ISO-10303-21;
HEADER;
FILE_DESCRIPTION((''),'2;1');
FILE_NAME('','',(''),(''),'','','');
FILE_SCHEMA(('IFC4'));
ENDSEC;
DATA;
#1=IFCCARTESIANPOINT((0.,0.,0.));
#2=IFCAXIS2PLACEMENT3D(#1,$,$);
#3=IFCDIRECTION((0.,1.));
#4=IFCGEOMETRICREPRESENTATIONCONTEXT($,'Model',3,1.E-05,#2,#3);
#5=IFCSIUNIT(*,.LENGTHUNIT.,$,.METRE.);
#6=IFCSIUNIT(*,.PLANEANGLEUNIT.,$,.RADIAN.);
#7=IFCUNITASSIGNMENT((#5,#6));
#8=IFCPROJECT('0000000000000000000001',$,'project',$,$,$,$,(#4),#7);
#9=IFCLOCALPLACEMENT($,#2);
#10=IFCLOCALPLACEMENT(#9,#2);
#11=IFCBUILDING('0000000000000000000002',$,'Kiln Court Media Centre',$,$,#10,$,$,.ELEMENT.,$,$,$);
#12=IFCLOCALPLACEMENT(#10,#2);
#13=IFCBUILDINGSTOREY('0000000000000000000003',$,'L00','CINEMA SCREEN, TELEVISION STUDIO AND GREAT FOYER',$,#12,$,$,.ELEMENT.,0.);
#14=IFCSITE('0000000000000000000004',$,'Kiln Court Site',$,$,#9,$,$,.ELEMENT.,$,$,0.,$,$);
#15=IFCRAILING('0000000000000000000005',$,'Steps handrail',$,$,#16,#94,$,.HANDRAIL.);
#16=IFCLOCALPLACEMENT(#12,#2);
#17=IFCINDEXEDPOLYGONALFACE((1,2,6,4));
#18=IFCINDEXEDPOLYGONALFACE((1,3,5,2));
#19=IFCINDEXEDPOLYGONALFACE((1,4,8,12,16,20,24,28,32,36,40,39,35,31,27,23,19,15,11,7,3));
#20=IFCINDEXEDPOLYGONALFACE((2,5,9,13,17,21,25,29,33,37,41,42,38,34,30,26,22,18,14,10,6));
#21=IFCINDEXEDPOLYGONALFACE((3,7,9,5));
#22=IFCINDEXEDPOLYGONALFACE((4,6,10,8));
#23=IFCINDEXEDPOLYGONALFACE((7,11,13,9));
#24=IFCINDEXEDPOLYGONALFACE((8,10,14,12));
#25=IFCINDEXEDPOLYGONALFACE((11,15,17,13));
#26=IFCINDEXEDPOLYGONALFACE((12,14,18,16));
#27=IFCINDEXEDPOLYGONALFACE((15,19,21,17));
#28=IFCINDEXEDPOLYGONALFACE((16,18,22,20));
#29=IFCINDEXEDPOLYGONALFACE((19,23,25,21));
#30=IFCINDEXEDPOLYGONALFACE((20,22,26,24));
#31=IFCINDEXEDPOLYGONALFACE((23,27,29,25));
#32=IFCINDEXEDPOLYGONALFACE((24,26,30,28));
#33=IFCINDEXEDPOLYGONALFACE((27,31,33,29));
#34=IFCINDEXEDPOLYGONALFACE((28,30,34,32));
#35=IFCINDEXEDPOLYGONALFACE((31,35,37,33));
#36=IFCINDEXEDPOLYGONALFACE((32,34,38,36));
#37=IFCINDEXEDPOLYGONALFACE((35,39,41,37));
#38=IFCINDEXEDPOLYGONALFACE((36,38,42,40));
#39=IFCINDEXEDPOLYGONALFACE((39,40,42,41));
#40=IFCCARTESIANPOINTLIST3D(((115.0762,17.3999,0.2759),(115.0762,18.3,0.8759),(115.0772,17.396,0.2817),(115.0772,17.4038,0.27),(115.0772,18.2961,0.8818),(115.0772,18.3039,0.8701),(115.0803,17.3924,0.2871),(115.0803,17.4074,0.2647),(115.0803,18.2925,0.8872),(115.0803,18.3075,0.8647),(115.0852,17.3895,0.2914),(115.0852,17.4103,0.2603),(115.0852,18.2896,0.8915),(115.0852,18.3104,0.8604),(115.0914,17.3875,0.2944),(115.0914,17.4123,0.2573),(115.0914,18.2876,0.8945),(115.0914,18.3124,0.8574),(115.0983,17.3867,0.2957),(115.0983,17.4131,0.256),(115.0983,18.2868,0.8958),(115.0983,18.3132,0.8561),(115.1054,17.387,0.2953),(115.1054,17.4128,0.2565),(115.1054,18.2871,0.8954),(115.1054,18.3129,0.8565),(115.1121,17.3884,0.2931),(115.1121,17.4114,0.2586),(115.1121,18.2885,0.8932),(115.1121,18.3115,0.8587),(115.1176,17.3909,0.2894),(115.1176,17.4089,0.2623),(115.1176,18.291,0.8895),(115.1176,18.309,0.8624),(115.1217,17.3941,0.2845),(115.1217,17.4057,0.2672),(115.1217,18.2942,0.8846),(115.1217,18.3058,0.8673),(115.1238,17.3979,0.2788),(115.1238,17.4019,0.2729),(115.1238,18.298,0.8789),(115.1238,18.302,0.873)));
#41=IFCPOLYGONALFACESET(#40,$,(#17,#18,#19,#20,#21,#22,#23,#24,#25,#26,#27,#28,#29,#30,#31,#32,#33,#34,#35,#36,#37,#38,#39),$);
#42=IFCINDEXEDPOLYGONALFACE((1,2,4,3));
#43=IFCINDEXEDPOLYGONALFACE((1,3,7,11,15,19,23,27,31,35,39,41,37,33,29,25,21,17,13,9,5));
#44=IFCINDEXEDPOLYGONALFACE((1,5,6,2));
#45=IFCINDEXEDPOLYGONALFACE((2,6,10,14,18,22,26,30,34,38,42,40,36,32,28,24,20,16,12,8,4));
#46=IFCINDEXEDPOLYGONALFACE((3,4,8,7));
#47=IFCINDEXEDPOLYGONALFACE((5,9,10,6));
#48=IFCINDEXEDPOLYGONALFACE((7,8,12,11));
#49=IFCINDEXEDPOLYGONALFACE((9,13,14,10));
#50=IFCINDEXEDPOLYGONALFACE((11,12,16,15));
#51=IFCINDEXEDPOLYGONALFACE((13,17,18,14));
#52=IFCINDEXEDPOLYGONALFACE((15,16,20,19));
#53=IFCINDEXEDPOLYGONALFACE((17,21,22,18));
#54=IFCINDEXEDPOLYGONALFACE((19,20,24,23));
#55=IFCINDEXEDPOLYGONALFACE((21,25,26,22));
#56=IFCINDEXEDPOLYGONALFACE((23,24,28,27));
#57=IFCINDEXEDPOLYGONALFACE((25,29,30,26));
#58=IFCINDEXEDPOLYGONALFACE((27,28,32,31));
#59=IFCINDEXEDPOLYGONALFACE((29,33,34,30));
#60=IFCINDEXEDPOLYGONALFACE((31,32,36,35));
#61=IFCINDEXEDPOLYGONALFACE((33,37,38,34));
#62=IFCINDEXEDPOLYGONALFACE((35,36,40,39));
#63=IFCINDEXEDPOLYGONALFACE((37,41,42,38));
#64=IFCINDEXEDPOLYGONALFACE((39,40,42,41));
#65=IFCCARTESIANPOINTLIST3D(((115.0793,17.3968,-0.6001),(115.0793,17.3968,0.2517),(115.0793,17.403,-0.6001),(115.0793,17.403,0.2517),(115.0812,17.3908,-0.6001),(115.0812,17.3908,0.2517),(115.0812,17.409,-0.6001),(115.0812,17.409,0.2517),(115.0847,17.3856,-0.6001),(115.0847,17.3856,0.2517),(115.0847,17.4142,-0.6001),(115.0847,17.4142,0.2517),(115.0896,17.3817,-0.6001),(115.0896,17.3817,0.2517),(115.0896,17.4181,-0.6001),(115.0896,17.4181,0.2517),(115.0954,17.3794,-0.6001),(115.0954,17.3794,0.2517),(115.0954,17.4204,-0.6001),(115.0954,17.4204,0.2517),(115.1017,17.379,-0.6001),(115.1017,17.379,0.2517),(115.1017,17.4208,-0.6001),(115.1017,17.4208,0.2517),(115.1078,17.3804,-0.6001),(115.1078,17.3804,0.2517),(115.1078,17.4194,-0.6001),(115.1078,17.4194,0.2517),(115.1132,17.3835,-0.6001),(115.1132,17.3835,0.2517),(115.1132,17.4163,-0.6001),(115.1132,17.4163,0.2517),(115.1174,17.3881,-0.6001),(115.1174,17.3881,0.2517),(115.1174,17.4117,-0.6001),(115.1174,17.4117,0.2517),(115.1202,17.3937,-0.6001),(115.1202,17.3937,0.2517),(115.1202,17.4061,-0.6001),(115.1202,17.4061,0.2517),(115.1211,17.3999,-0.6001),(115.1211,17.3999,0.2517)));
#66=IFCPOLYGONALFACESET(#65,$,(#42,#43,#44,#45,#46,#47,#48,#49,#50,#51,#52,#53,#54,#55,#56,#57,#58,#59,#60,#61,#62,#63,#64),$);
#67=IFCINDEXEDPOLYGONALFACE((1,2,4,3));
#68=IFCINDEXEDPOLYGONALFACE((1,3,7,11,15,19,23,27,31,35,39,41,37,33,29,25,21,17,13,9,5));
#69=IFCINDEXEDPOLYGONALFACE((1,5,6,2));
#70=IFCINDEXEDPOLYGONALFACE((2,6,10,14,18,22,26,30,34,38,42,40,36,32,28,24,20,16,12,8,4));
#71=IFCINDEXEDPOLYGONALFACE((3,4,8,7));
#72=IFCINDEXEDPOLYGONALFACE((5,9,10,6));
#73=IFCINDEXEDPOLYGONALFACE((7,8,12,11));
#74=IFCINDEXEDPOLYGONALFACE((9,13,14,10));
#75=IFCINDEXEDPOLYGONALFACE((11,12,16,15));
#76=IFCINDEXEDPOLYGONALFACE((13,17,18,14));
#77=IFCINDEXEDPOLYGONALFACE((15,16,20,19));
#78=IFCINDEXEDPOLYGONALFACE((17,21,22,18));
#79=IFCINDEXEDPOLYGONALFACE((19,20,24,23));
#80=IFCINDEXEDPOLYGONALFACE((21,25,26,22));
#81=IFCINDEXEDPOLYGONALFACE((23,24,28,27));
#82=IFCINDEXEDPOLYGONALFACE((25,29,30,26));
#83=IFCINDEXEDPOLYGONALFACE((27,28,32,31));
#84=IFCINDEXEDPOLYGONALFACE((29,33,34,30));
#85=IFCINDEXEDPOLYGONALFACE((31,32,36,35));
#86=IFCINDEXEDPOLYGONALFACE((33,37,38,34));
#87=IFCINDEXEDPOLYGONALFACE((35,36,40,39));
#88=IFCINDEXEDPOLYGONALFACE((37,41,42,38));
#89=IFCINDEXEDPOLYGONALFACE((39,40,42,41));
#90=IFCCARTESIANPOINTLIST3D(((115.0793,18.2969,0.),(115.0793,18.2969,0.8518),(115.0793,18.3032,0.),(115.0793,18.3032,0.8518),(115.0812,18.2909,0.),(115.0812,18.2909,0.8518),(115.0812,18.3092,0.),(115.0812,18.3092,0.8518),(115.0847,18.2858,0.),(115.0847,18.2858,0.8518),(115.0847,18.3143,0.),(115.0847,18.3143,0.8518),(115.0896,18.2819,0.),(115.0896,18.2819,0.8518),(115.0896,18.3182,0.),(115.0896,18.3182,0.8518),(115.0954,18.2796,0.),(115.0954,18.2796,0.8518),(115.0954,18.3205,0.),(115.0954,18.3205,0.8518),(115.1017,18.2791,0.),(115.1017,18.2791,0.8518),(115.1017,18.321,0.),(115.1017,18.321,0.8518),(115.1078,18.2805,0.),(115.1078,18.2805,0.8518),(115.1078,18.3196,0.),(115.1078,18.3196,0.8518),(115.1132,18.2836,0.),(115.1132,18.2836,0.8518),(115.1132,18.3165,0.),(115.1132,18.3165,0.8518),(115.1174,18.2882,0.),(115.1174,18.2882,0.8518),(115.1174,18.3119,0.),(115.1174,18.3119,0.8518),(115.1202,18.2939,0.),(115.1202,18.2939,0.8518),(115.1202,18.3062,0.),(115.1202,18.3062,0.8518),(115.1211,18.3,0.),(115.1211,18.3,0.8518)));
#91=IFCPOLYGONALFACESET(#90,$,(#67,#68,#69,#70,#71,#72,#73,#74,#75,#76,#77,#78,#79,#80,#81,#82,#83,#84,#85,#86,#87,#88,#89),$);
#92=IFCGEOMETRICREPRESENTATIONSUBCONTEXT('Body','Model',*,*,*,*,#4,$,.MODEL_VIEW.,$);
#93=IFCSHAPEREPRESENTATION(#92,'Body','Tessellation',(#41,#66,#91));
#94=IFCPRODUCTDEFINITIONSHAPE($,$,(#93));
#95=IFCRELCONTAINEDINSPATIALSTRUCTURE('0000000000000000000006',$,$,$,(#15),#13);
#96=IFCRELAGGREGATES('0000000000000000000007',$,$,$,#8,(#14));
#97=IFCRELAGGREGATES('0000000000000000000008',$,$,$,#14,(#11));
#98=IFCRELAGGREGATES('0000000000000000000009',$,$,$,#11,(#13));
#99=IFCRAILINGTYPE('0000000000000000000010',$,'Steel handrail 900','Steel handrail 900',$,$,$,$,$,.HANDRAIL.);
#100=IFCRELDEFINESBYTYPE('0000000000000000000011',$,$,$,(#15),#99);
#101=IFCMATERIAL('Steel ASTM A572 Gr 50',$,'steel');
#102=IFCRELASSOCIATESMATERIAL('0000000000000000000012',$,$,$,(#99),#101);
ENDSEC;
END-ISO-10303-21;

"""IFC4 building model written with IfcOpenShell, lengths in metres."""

from ifc_helpers import new_model, si_unit, direction, frame, origin, origin_2d, place, context, subcontext, project, spatial, circle, extrude, material, type_object, element, save


model = new_model("IFC4")

# Units and contexts
model_context = context("Model", 3, precision=1e-05, world=origin(), true_north=direction((0.0, 1.0)))
body_context = subcontext(model_context, "Body", "Model", "MODEL_VIEW")
ifc_project = project(units=[si_unit("LENGTHUNIT", "METRE"), si_unit("PLANEANGLEUNIT", "RADIAN")], contexts=[model_context])

# Site, building, storey
site_placement = place(None, origin())
site = spatial("IfcSite", under=ifc_project, at=site_placement, Name="Kiln Court Site", CompositionType="ELEMENT", RefElevation=0.0)
building_placement = place(site_placement, origin())
building = spatial("IfcBuilding", under=site, at=building_placement, Name="Kiln Court Media Centre", CompositionType="ELEMENT")
storey_placement = place(building_placement, origin())
storey = spatial("IfcBuildingStorey", under=building, at=storey_placement, Name="L00", Description="CINEMA SCREEN, TELEVISION STUDIO AND GREAT FOYER", CompositionType="ELEMENT", Elevation=0.0)

# Railing
ifc_material_1 = material(Name="Steel ASTM A572 Gr 50", Category="steel")
railing_type_1 = type_object("IfcRailingType", Name="Steel handrail 900", Description="Steel handrail 900", PredefinedType="HANDRAIL", material=ifc_material_1)
for number, where, name in (
    (1, (115.1001, 17.3999, -0.6001), "Steps handrail"),
):
    element("IfcRailing", number, at=place(storey_placement, frame(where)), inside=storey, type_object=railing_type_1, Name=name, PredefinedType="HANDRAIL", context=body_context, shape_type="SweptSolid", body=[
        extrude(circle(Radius=0.0239, at=origin_2d()), frame((0.0, 0.0, 0.876), z_axis=(0.0, 0.83205, 0.5547), x_axis=(-1.0, 0.0, 0.0)), (0.0, 0.0, 1.0), 1.0818),
        extrude(circle(Radius=0.021, at=origin_2d()), origin(), (0.0, 0.0, 1.0), 0.8518),
        extrude(circle(Radius=0.021, at=origin_2d()), frame((0.0, 0.9001, 0.6001)), (0.0, 0.0, 1.0), 0.8518),
    ])

save(model, "model.ifc")
